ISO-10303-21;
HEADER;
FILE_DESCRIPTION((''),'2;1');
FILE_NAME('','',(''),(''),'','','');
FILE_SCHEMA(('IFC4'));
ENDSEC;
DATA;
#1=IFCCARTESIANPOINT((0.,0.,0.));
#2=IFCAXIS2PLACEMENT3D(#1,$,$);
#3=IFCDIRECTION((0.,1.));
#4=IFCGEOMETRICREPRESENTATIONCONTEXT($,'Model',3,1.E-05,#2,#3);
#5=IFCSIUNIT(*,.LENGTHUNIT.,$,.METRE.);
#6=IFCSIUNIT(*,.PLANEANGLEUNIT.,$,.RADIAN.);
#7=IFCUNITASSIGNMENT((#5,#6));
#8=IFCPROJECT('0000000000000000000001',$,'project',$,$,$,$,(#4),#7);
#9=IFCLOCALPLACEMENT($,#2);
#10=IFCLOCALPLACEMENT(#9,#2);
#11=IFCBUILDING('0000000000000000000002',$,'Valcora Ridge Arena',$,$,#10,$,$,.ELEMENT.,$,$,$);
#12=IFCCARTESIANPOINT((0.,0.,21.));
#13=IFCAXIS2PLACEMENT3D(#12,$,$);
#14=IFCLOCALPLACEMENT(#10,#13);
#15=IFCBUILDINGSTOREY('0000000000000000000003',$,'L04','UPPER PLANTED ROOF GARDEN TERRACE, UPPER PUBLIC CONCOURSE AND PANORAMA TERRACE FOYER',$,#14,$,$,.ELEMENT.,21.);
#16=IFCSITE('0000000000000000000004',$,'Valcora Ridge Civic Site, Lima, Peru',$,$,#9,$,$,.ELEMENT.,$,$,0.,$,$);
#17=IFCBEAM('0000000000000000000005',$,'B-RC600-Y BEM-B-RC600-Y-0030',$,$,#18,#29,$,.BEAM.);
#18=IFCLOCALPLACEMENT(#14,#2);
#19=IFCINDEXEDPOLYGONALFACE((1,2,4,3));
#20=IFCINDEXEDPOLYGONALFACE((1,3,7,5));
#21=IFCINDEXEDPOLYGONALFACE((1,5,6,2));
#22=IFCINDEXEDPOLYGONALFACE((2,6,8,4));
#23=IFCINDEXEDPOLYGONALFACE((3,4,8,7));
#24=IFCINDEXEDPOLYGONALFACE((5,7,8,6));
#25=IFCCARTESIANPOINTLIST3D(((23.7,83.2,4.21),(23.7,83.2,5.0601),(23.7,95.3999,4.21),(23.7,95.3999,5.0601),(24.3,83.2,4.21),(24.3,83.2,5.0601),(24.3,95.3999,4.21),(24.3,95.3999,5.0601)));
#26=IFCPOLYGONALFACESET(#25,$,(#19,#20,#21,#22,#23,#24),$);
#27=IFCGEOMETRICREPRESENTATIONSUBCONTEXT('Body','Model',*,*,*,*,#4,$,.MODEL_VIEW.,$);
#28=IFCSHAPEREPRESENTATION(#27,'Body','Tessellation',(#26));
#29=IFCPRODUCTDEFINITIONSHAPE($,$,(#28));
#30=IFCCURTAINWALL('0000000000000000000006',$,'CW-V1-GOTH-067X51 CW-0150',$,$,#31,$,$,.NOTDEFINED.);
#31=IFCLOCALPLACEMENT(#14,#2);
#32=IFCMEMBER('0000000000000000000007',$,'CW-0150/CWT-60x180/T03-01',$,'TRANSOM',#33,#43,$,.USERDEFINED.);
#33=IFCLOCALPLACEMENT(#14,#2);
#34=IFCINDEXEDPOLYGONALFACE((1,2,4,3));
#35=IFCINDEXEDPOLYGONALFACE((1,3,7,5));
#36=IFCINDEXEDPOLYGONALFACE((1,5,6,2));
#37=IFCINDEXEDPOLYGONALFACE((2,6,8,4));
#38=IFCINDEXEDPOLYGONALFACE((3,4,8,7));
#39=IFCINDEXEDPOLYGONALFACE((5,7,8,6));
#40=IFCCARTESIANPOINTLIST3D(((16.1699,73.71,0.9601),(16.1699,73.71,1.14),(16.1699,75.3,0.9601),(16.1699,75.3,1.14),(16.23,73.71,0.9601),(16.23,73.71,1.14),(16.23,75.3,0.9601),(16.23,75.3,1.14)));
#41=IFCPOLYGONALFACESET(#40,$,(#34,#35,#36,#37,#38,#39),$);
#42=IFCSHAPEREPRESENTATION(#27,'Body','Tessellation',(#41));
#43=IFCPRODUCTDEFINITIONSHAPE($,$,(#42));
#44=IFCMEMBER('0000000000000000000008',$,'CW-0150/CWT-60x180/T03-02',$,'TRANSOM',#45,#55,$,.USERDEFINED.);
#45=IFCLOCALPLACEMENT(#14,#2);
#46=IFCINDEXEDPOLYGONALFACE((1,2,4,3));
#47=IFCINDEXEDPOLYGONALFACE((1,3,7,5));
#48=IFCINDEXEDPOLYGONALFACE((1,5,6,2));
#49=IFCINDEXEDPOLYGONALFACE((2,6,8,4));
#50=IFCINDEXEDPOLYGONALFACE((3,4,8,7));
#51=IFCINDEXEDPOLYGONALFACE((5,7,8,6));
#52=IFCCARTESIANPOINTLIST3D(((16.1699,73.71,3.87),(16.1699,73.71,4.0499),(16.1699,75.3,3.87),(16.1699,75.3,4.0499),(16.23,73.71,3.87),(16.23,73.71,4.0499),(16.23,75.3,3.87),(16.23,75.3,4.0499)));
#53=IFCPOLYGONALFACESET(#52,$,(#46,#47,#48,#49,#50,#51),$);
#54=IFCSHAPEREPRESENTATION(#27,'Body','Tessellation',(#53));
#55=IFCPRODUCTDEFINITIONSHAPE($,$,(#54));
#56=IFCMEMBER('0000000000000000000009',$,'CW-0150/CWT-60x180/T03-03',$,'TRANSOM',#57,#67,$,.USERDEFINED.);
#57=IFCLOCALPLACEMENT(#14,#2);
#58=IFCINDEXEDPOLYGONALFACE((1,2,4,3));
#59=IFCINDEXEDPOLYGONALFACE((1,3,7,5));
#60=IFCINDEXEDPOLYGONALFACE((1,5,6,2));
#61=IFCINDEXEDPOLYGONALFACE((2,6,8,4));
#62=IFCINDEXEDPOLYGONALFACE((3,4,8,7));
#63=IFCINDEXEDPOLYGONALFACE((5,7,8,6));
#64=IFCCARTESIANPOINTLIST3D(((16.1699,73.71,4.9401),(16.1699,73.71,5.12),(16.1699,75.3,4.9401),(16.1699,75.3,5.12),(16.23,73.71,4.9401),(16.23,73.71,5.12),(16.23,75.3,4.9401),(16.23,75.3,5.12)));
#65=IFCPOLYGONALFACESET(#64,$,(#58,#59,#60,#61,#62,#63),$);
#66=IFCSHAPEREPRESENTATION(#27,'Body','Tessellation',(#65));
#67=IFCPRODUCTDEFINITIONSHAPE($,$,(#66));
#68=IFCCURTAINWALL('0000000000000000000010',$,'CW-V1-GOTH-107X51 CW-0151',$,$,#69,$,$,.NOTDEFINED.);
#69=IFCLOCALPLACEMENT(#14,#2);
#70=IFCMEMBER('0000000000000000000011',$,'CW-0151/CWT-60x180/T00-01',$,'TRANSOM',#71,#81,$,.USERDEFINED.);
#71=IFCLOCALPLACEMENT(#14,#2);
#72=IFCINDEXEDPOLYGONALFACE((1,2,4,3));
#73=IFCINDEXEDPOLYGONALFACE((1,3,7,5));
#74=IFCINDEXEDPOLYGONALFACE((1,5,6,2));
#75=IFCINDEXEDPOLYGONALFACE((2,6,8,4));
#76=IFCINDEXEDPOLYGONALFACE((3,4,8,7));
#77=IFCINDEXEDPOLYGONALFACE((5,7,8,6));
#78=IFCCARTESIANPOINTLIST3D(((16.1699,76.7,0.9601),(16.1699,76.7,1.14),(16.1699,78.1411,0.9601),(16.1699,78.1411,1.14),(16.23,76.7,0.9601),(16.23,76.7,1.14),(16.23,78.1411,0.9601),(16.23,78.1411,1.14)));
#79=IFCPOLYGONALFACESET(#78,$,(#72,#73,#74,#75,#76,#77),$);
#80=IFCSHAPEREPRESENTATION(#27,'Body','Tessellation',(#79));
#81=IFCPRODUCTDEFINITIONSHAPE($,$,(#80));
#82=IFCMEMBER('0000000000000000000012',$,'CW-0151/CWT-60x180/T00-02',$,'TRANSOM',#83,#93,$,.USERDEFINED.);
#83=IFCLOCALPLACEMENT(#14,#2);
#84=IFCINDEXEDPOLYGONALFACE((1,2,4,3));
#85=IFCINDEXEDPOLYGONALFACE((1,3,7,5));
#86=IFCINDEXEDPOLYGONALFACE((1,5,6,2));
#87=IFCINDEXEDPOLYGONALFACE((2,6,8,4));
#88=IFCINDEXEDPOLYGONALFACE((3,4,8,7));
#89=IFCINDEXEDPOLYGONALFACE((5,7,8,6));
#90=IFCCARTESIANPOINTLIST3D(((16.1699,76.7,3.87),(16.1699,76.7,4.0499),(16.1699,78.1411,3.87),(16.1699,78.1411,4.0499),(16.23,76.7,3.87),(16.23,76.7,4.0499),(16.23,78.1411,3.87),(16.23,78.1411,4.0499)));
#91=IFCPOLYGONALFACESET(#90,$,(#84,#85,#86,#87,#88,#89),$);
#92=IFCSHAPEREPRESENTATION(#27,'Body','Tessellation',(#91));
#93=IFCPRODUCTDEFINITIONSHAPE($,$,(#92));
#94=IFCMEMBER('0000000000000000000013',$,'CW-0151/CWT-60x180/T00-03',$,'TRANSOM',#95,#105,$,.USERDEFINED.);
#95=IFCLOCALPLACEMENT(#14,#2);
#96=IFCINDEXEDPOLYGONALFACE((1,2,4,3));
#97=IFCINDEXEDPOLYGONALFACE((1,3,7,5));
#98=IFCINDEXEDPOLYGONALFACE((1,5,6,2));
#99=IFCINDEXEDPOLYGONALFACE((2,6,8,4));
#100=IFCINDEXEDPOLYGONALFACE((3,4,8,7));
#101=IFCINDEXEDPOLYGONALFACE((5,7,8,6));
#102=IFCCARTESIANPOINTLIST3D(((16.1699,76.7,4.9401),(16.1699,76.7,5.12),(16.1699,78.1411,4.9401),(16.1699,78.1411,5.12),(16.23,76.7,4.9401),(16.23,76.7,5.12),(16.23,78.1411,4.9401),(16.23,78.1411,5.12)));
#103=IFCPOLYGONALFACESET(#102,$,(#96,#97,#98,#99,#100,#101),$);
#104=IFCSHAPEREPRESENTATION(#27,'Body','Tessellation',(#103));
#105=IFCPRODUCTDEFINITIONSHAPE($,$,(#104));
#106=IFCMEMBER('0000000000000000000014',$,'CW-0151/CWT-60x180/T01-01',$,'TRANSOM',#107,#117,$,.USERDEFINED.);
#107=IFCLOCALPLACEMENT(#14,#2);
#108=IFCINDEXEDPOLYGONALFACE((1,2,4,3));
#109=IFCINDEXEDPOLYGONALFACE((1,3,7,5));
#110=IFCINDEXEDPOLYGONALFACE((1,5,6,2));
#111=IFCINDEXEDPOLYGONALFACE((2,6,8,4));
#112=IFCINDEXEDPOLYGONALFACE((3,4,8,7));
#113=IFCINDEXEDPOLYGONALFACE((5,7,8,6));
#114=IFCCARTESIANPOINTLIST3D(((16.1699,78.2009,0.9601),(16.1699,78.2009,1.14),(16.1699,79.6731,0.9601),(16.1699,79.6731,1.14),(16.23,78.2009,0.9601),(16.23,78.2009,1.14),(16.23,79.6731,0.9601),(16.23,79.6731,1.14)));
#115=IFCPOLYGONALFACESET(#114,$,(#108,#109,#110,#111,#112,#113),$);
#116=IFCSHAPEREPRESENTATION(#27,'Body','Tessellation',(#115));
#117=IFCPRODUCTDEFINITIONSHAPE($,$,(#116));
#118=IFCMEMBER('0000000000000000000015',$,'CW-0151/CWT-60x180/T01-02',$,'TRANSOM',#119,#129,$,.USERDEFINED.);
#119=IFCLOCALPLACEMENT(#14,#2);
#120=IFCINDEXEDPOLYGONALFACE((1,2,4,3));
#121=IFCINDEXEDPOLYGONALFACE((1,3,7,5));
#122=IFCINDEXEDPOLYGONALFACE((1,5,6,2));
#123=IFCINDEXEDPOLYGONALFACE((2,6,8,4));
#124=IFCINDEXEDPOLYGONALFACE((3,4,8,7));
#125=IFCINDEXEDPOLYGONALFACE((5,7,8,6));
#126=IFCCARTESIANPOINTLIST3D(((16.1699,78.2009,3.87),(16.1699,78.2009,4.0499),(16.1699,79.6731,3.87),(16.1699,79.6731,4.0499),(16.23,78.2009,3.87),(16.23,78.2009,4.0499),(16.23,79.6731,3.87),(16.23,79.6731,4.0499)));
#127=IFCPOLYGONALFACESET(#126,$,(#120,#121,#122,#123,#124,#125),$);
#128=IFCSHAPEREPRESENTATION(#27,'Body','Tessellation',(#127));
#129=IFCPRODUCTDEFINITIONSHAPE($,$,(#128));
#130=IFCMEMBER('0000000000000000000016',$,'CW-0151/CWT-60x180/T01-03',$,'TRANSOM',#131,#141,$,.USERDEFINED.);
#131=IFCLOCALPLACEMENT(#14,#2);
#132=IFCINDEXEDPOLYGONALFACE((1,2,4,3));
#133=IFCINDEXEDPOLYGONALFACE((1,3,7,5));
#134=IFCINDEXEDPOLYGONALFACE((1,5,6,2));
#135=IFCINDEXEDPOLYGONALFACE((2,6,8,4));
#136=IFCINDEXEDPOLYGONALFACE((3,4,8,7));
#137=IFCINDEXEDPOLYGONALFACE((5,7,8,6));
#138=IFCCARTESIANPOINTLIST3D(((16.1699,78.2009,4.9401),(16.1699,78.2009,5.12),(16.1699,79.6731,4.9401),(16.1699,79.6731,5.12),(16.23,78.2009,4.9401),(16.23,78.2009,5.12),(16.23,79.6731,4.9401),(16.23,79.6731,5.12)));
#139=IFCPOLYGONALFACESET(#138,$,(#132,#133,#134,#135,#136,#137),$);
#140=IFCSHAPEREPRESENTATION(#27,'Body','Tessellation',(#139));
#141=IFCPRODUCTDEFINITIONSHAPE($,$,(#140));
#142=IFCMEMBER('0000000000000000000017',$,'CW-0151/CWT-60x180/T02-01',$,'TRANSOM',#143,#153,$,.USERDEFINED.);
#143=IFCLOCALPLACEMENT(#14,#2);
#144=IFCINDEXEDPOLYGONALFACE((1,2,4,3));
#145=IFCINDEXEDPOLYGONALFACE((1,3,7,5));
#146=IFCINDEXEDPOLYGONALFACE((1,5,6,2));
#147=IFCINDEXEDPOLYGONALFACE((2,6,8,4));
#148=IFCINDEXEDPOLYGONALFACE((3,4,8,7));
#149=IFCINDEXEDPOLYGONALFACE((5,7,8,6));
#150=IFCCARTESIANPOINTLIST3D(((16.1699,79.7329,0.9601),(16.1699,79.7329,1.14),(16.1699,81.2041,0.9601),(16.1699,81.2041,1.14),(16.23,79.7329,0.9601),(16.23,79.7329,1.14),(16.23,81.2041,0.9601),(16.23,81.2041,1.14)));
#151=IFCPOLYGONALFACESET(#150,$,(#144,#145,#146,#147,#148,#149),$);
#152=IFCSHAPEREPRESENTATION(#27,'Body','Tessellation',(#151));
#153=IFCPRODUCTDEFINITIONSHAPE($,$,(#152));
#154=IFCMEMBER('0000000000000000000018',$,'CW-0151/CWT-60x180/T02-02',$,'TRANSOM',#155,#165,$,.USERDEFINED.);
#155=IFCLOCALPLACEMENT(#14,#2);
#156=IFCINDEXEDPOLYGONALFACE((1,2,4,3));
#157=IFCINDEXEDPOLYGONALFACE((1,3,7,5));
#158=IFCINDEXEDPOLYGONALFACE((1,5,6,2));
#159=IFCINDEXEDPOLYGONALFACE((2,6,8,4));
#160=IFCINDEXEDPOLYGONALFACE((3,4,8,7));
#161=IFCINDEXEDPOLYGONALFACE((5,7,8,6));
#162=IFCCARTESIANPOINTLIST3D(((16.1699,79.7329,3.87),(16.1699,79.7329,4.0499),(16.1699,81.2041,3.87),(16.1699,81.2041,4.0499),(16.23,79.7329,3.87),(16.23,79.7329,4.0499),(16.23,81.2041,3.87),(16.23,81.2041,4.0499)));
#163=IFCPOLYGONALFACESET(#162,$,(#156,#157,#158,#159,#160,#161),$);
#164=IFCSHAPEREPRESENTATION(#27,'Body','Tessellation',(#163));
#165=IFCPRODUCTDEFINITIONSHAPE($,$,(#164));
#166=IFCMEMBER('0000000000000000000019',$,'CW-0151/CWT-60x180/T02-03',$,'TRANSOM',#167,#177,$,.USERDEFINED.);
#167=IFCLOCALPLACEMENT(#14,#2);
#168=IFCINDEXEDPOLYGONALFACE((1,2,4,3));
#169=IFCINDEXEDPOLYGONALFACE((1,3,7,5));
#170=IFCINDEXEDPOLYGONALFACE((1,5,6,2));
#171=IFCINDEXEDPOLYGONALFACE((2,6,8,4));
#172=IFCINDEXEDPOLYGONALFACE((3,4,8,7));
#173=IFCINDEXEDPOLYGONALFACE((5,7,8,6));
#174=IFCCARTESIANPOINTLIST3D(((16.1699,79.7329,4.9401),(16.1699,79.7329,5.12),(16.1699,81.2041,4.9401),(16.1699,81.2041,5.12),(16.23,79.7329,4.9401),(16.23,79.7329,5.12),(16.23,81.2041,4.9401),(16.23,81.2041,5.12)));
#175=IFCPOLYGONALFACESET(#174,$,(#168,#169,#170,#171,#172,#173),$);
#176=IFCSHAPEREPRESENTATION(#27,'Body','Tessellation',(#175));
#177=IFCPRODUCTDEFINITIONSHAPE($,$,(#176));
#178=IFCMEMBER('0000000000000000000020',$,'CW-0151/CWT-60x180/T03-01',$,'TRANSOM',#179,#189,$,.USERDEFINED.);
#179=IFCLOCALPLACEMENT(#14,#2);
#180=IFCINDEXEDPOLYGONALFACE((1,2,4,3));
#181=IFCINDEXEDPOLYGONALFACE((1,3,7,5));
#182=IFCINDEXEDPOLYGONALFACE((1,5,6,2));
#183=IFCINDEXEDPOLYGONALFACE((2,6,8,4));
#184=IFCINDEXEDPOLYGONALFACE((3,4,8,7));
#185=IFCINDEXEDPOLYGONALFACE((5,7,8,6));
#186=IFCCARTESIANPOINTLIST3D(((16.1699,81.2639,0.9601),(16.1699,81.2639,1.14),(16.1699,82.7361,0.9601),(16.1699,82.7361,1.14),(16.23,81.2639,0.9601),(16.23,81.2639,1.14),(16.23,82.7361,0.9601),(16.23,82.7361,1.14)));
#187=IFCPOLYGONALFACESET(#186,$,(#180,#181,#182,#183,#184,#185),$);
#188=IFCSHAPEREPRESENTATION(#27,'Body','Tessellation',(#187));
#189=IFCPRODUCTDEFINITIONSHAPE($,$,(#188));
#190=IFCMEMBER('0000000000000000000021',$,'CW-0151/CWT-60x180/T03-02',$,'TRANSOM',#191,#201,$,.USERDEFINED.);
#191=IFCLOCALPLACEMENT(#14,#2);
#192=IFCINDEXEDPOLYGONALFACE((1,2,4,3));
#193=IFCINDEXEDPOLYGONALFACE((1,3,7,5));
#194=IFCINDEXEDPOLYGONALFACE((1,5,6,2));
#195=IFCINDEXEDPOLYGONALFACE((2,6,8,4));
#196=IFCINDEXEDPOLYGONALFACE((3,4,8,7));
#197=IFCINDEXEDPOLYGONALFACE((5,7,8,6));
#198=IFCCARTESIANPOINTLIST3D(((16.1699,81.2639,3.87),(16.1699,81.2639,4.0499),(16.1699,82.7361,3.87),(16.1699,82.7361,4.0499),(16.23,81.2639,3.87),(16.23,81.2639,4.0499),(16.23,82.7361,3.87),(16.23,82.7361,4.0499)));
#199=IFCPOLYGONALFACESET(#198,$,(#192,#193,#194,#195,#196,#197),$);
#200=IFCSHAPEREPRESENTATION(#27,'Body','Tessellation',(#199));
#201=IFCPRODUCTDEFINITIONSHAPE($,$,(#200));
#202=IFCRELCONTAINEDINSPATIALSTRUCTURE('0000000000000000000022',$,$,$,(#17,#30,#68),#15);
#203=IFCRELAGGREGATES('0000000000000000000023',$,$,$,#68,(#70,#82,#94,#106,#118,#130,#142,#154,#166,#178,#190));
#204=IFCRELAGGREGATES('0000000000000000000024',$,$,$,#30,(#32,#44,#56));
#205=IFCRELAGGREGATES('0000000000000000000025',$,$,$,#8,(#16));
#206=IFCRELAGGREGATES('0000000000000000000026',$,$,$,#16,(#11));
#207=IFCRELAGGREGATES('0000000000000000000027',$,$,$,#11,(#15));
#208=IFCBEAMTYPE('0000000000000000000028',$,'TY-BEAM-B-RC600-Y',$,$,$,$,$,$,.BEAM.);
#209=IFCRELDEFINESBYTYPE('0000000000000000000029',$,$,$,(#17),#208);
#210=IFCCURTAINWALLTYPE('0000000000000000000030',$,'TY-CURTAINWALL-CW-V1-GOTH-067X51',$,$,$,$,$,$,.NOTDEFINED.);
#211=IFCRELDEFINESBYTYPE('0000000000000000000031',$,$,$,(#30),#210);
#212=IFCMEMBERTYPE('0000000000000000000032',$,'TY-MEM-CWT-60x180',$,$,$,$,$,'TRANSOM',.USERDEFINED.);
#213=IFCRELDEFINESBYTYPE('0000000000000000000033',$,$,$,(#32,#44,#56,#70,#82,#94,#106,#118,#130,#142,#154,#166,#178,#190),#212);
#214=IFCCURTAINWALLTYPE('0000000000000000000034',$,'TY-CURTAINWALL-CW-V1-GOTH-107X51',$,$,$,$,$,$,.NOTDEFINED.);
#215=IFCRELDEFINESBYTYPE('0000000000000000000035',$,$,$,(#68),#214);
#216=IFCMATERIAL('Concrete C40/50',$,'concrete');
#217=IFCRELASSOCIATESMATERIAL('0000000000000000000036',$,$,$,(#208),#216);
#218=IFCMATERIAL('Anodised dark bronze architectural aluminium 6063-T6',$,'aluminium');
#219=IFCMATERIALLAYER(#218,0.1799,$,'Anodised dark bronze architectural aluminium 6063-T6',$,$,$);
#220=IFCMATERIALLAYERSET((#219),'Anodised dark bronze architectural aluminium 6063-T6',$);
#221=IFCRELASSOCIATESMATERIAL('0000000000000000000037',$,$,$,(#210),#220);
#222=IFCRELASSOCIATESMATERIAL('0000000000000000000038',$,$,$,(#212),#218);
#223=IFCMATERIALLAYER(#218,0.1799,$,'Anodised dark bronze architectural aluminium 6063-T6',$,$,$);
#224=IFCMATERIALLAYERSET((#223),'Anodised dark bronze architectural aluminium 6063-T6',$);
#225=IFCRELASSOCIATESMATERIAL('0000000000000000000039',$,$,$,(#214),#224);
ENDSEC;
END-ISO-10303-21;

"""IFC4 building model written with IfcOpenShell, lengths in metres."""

from ifc_helpers import new_model, si_unit, direction, frame, origin, origin_2d, place, context, subcontext, project, spatial, rectangle, extrude, material, layer, layer_set, material_profile, profile_set, type_object, element, aggregate, save


model = new_model("IFC4")

# Units and contexts
model_context = context("Model", 3, precision=1e-05, world=origin(), true_north=direction((0.0, 1.0)))
body_context = subcontext(model_context, "Body", "Model", "MODEL_VIEW")
ifc_project = project(units=[si_unit("LENGTHUNIT", "METRE"), si_unit("PLANEANGLEUNIT", "RADIAN")], contexts=[model_context])

# Site, building, storey
site_placement = place(None, origin())
site = spatial("IfcSite", under=ifc_project, at=site_placement, Name="Valcora Ridge Civic Site, Lima, Peru", CompositionType="ELEMENT", RefElevation=0.0)
building_placement = place(site_placement, origin())
building = spatial("IfcBuilding", under=site, at=building_placement, Name="Valcora Ridge Arena", CompositionType="ELEMENT")
storey_placement = place(building_placement, frame((0.0, 0.0, 21.0)))
storey = spatial("IfcBuildingStorey", under=building, at=storey_placement, Name="L04", Description="UPPER PLANTED ROOF GARDEN TERRACE, UPPER PUBLIC CONCOURSE AND PANORAMA TERRACE FOYER", CompositionType="ELEMENT", Elevation=21.0)

# Beam
ifc_material_1 = material(Name="Concrete C40/50", Category="concrete")
ifc_material_profile_1 = material_profile(ifc_material_1, rectangle(XDim=0.6001, YDim=0.8501, at=origin_2d()), Name="RC 600x850")
ifc_profile_set_1 = profile_set([ifc_material_profile_1], Name="Concrete C40/50")
beam_type = type_object("IfcBeamType", Name="TY-BEAM-B-RC600-Y", PredefinedType="BEAM", material=ifc_profile_set_1)
beam_placement = place(storey_placement, frame((24.0, 83.2, 4.635), z_axis=(0.0, 1.0, 0.0), x_axis=(-1.0, 0.0, 0.0)))
element("IfcBeam", 1, at=beam_placement, inside=storey, type_object=beam_type, Name="B-RC600-Y BEM-B-RC600-Y-0030", PredefinedType="BEAM", context=body_context, shape_type="SweptSolid", body=[
    extrude(rectangle(XDim=0.6001, YDim=0.8501, at=origin_2d()), origin(), (0.0, 0.0, 1.0), 12.2),
])

# Curtain wall, members
ifc_material_2 = material(Name="Anodised dark bronze architectural aluminium 6063-T6", Category="aluminium")
ifc_layer_1 = layer(ifc_material_2, 0.1799, Name="Anodised dark bronze architectural aluminium 6063-T6")
ifc_layer_set_1 = layer_set([ifc_layer_1], Name="Anodised dark bronze architectural aluminium 6063-T6")
curtain_wall_type_1 = type_object("IfcCurtainWallType", Name="TY-CURTAINWALL-CW-V1-GOTH-067X51", PredefinedType="NOTDEFINED", material=ifc_layer_set_1)
curtain_wall_1_placement = place(storey_placement, origin())
curtain_wall_1 = element("IfcCurtainWall", 2, at=curtain_wall_1_placement, inside=storey, type_object=curtain_wall_type_1, Name="CW-V1-GOTH-067X51 CW-0150", PredefinedType="NOTDEFINED")
ifc_material_profile_2 = material_profile(ifc_material_2, rectangle(XDim=0.0601, YDim=0.1799, at=origin_2d()), Name="ALU TRANSOM 60x180")
ifc_profile_set_2 = profile_set([ifc_material_profile_2], Name="Anodised dark bronze architectural aluminium 6063-T6")
member_type = type_object("IfcMemberType", Name="TY-MEM-CWT-60x180", ElementType="TRANSOM", PredefinedType="USERDEFINED", material=ifc_profile_set_2)
member_1_placement = place(storey_placement, frame((16.2, 73.71, 1.05), z_axis=(0.0, 1.0, 0.0), x_axis=(-1.0, 0.0, 0.0)))
member_1 = element("IfcMember", 3, at=member_1_placement, type_object=member_type, Name="CW-0150/CWT-60x180/T03-01", ObjectType="TRANSOM", PredefinedType="USERDEFINED", context=body_context, shape_type="SweptSolid", body=[
    extrude(rectangle(XDim=0.0601, YDim=0.1799, at=origin_2d()), origin(), (0.0, 0.0, 1.0), 1.5901),
])
member_2_placement = place(storey_placement, frame((16.2, 73.71, 3.96), z_axis=(0.0, 1.0, 0.0), x_axis=(-1.0, 0.0, 0.0)))
member_2 = element("IfcMember", 4, at=member_2_placement, type_object=member_type, Name="CW-0150/CWT-60x180/T03-02", ObjectType="TRANSOM", PredefinedType="USERDEFINED", context=body_context, shape_type="SweptSolid", body=[
    extrude(rectangle(XDim=0.0601, YDim=0.1799, at=origin_2d()), origin(), (0.0, 0.0, 1.0), 1.5901),
])
member_3_placement = place(storey_placement, frame((16.2, 73.71, 5.03), z_axis=(0.0, 1.0, 0.0), x_axis=(-1.0, 0.0, 0.0)))
member_3 = element("IfcMember", 5, at=member_3_placement, type_object=member_type, Name="CW-0150/CWT-60x180/T03-03", ObjectType="TRANSOM", PredefinedType="USERDEFINED", context=body_context, shape_type="SweptSolid", body=[
    extrude(rectangle(XDim=0.0601, YDim=0.1799, at=origin_2d()), origin(), (0.0, 0.0, 1.0), 1.5901),
])

# Curtain wall, members
ifc_layer_2 = layer(ifc_material_2, 0.1799, Name="Anodised dark bronze architectural aluminium 6063-T6")
ifc_layer_set_2 = layer_set([ifc_layer_2], Name="Anodised dark bronze architectural aluminium 6063-T6")
curtain_wall_type_2 = type_object("IfcCurtainWallType", Name="TY-CURTAINWALL-CW-V1-GOTH-107X51", PredefinedType="NOTDEFINED", material=ifc_layer_set_2)
curtain_wall_2_placement = place(storey_placement, origin())
curtain_wall_2 = element("IfcCurtainWall", 6, at=curtain_wall_2_placement, inside=storey, type_object=curtain_wall_type_2, Name="CW-V1-GOTH-107X51 CW-0151", PredefinedType="NOTDEFINED")
member_4_placement = place(storey_placement, frame((16.2, 76.7, 1.05), z_axis=(0.0, 1.0, 0.0), x_axis=(-1.0, 0.0, 0.0)))
member_4 = element("IfcMember", 7, at=member_4_placement, type_object=member_type, Name="CW-0151/CWT-60x180/T00-01", ObjectType="TRANSOM", PredefinedType="USERDEFINED", context=body_context, shape_type="SweptSolid", body=[
    extrude(rectangle(XDim=0.0601, YDim=0.1799, at=origin_2d()), origin(), (0.0, 0.0, 1.0), 1.4412),
])
member_5_placement = place(storey_placement, frame((16.2, 76.7, 3.96), z_axis=(0.0, 1.0, 0.0), x_axis=(-1.0, 0.0, 0.0)))
member_5 = element("IfcMember", 8, at=member_5_placement, type_object=member_type, Name="CW-0151/CWT-60x180/T00-02", ObjectType="TRANSOM", PredefinedType="USERDEFINED", context=body_context, shape_type="SweptSolid", body=[
    extrude(rectangle(XDim=0.0601, YDim=0.1799, at=origin_2d()), origin(), (0.0, 0.0, 1.0), 1.4412),
])
member_6_placement = place(storey_placement, frame((16.2, 76.7, 5.03), z_axis=(0.0, 1.0, 0.0), x_axis=(-1.0, 0.0, 0.0)))
member_6 = element("IfcMember", 9, at=member_6_placement, type_object=member_type, Name="CW-0151/CWT-60x180/T00-03", ObjectType="TRANSOM", PredefinedType="USERDEFINED", context=body_context, shape_type="SweptSolid", body=[
    extrude(rectangle(XDim=0.0601, YDim=0.1799, at=origin_2d()), origin(), (0.0, 0.0, 1.0), 1.4412),
])
member_7_placement = place(storey_placement, frame((16.2, 78.2009, 1.05), z_axis=(0.0, 1.0, 0.0), x_axis=(-1.0, 0.0, 0.0)))
member_7 = element("IfcMember", 10, at=member_7_placement, type_object=member_type, Name="CW-0151/CWT-60x180/T01-01", ObjectType="TRANSOM", PredefinedType="USERDEFINED", context=body_context, shape_type="SweptSolid", body=[
    extrude(rectangle(XDim=0.0601, YDim=0.1799, at=origin_2d()), origin(), (0.0, 0.0, 1.0), 1.4722),
])
member_8_placement = place(storey_placement, frame((16.2, 78.2009, 3.96), z_axis=(0.0, 1.0, 0.0), x_axis=(-1.0, 0.0, 0.0)))
member_8 = element("IfcMember", 11, at=member_8_placement, type_object=member_type, Name="CW-0151/CWT-60x180/T01-02", ObjectType="TRANSOM", PredefinedType="USERDEFINED", context=body_context, shape_type="SweptSolid", body=[
    extrude(rectangle(XDim=0.0601, YDim=0.1799, at=origin_2d()), origin(), (0.0, 0.0, 1.0), 1.4722),
])
member_9_placement = place(storey_placement, frame((16.2, 78.2009, 5.03), z_axis=(0.0, 1.0, 0.0), x_axis=(-1.0, 0.0, 0.0)))
member_9 = element("IfcMember", 12, at=member_9_placement, type_object=member_type, Name="CW-0151/CWT-60x180/T01-03", ObjectType="TRANSOM", PredefinedType="USERDEFINED", context=body_context, shape_type="SweptSolid", body=[
    extrude(rectangle(XDim=0.0601, YDim=0.1799, at=origin_2d()), origin(), (0.0, 0.0, 1.0), 1.4722),
])
member_10_placement = place(storey_placement, frame((16.2, 79.7329, 1.05), z_axis=(0.0, 1.0, 0.0), x_axis=(-1.0, 0.0, 0.0)))
member_10 = element("IfcMember", 13, at=member_10_placement, type_object=member_type, Name="CW-0151/CWT-60x180/T02-01", ObjectType="TRANSOM", PredefinedType="USERDEFINED", context=body_context, shape_type="SweptSolid", body=[
    extrude(rectangle(XDim=0.0601, YDim=0.1799, at=origin_2d()), origin(), (0.0, 0.0, 1.0), 1.4712),
])
member_11_placement = place(storey_placement, frame((16.2, 79.7329, 3.96), z_axis=(0.0, 1.0, 0.0), x_axis=(-1.0, 0.0, 0.0)))
member_11 = element("IfcMember", 14, at=member_11_placement, type_object=member_type, Name="CW-0151/CWT-60x180/T02-02", ObjectType="TRANSOM", PredefinedType="USERDEFINED", context=body_context, shape_type="SweptSolid", body=[
    extrude(rectangle(XDim=0.0601, YDim=0.1799, at=origin_2d()), origin(), (0.0, 0.0, 1.0), 1.4712),
])
member_12_placement = place(storey_placement, frame((16.2, 79.7329, 5.03), z_axis=(0.0, 1.0, 0.0), x_axis=(-1.0, 0.0, 0.0)))
member_12 = element("IfcMember", 15, at=member_12_placement, type_object=member_type, Name="CW-0151/CWT-60x180/T02-03", ObjectType="TRANSOM", PredefinedType="USERDEFINED", context=body_context, shape_type="SweptSolid", body=[
    extrude(rectangle(XDim=0.0601, YDim=0.1799, at=origin_2d()), origin(), (0.0, 0.0, 1.0), 1.4712),
])
member_13_placement = place(storey_placement, frame((16.2, 81.2639, 1.05), z_axis=(0.0, 1.0, 0.0), x_axis=(-1.0, 0.0, 0.0)))
member_13 = element("IfcMember", 16, at=member_13_placement, type_object=member_type, Name="CW-0151/CWT-60x180/T03-01", ObjectType="TRANSOM", PredefinedType="USERDEFINED", context=body_context, shape_type="SweptSolid", body=[
    extrude(rectangle(XDim=0.0601, YDim=0.1799, at=origin_2d()), origin(), (0.0, 0.0, 1.0), 1.4722),
])
member_14_placement = place(storey_placement, frame((16.2, 81.2639, 3.96), z_axis=(0.0, 1.0, 0.0), x_axis=(-1.0, 0.0, 0.0)))
member_14 = element("IfcMember", 17, at=member_14_placement, type_object=member_type, Name="CW-0151/CWT-60x180/T03-02", ObjectType="TRANSOM", PredefinedType="USERDEFINED", context=body_context, shape_type="SweptSolid", body=[
    extrude(rectangle(XDim=0.0601, YDim=0.1799, at=origin_2d()), origin(), (0.0, 0.0, 1.0), 1.4722),
])
aggregate(curtain_wall_2, [member_4, member_5, member_6, member_7, member_8, member_9, member_10, member_11, member_12, member_13, member_14])

aggregate(curtain_wall_1, [member_1, member_2, member_3])

save(model, "model.ifc")
